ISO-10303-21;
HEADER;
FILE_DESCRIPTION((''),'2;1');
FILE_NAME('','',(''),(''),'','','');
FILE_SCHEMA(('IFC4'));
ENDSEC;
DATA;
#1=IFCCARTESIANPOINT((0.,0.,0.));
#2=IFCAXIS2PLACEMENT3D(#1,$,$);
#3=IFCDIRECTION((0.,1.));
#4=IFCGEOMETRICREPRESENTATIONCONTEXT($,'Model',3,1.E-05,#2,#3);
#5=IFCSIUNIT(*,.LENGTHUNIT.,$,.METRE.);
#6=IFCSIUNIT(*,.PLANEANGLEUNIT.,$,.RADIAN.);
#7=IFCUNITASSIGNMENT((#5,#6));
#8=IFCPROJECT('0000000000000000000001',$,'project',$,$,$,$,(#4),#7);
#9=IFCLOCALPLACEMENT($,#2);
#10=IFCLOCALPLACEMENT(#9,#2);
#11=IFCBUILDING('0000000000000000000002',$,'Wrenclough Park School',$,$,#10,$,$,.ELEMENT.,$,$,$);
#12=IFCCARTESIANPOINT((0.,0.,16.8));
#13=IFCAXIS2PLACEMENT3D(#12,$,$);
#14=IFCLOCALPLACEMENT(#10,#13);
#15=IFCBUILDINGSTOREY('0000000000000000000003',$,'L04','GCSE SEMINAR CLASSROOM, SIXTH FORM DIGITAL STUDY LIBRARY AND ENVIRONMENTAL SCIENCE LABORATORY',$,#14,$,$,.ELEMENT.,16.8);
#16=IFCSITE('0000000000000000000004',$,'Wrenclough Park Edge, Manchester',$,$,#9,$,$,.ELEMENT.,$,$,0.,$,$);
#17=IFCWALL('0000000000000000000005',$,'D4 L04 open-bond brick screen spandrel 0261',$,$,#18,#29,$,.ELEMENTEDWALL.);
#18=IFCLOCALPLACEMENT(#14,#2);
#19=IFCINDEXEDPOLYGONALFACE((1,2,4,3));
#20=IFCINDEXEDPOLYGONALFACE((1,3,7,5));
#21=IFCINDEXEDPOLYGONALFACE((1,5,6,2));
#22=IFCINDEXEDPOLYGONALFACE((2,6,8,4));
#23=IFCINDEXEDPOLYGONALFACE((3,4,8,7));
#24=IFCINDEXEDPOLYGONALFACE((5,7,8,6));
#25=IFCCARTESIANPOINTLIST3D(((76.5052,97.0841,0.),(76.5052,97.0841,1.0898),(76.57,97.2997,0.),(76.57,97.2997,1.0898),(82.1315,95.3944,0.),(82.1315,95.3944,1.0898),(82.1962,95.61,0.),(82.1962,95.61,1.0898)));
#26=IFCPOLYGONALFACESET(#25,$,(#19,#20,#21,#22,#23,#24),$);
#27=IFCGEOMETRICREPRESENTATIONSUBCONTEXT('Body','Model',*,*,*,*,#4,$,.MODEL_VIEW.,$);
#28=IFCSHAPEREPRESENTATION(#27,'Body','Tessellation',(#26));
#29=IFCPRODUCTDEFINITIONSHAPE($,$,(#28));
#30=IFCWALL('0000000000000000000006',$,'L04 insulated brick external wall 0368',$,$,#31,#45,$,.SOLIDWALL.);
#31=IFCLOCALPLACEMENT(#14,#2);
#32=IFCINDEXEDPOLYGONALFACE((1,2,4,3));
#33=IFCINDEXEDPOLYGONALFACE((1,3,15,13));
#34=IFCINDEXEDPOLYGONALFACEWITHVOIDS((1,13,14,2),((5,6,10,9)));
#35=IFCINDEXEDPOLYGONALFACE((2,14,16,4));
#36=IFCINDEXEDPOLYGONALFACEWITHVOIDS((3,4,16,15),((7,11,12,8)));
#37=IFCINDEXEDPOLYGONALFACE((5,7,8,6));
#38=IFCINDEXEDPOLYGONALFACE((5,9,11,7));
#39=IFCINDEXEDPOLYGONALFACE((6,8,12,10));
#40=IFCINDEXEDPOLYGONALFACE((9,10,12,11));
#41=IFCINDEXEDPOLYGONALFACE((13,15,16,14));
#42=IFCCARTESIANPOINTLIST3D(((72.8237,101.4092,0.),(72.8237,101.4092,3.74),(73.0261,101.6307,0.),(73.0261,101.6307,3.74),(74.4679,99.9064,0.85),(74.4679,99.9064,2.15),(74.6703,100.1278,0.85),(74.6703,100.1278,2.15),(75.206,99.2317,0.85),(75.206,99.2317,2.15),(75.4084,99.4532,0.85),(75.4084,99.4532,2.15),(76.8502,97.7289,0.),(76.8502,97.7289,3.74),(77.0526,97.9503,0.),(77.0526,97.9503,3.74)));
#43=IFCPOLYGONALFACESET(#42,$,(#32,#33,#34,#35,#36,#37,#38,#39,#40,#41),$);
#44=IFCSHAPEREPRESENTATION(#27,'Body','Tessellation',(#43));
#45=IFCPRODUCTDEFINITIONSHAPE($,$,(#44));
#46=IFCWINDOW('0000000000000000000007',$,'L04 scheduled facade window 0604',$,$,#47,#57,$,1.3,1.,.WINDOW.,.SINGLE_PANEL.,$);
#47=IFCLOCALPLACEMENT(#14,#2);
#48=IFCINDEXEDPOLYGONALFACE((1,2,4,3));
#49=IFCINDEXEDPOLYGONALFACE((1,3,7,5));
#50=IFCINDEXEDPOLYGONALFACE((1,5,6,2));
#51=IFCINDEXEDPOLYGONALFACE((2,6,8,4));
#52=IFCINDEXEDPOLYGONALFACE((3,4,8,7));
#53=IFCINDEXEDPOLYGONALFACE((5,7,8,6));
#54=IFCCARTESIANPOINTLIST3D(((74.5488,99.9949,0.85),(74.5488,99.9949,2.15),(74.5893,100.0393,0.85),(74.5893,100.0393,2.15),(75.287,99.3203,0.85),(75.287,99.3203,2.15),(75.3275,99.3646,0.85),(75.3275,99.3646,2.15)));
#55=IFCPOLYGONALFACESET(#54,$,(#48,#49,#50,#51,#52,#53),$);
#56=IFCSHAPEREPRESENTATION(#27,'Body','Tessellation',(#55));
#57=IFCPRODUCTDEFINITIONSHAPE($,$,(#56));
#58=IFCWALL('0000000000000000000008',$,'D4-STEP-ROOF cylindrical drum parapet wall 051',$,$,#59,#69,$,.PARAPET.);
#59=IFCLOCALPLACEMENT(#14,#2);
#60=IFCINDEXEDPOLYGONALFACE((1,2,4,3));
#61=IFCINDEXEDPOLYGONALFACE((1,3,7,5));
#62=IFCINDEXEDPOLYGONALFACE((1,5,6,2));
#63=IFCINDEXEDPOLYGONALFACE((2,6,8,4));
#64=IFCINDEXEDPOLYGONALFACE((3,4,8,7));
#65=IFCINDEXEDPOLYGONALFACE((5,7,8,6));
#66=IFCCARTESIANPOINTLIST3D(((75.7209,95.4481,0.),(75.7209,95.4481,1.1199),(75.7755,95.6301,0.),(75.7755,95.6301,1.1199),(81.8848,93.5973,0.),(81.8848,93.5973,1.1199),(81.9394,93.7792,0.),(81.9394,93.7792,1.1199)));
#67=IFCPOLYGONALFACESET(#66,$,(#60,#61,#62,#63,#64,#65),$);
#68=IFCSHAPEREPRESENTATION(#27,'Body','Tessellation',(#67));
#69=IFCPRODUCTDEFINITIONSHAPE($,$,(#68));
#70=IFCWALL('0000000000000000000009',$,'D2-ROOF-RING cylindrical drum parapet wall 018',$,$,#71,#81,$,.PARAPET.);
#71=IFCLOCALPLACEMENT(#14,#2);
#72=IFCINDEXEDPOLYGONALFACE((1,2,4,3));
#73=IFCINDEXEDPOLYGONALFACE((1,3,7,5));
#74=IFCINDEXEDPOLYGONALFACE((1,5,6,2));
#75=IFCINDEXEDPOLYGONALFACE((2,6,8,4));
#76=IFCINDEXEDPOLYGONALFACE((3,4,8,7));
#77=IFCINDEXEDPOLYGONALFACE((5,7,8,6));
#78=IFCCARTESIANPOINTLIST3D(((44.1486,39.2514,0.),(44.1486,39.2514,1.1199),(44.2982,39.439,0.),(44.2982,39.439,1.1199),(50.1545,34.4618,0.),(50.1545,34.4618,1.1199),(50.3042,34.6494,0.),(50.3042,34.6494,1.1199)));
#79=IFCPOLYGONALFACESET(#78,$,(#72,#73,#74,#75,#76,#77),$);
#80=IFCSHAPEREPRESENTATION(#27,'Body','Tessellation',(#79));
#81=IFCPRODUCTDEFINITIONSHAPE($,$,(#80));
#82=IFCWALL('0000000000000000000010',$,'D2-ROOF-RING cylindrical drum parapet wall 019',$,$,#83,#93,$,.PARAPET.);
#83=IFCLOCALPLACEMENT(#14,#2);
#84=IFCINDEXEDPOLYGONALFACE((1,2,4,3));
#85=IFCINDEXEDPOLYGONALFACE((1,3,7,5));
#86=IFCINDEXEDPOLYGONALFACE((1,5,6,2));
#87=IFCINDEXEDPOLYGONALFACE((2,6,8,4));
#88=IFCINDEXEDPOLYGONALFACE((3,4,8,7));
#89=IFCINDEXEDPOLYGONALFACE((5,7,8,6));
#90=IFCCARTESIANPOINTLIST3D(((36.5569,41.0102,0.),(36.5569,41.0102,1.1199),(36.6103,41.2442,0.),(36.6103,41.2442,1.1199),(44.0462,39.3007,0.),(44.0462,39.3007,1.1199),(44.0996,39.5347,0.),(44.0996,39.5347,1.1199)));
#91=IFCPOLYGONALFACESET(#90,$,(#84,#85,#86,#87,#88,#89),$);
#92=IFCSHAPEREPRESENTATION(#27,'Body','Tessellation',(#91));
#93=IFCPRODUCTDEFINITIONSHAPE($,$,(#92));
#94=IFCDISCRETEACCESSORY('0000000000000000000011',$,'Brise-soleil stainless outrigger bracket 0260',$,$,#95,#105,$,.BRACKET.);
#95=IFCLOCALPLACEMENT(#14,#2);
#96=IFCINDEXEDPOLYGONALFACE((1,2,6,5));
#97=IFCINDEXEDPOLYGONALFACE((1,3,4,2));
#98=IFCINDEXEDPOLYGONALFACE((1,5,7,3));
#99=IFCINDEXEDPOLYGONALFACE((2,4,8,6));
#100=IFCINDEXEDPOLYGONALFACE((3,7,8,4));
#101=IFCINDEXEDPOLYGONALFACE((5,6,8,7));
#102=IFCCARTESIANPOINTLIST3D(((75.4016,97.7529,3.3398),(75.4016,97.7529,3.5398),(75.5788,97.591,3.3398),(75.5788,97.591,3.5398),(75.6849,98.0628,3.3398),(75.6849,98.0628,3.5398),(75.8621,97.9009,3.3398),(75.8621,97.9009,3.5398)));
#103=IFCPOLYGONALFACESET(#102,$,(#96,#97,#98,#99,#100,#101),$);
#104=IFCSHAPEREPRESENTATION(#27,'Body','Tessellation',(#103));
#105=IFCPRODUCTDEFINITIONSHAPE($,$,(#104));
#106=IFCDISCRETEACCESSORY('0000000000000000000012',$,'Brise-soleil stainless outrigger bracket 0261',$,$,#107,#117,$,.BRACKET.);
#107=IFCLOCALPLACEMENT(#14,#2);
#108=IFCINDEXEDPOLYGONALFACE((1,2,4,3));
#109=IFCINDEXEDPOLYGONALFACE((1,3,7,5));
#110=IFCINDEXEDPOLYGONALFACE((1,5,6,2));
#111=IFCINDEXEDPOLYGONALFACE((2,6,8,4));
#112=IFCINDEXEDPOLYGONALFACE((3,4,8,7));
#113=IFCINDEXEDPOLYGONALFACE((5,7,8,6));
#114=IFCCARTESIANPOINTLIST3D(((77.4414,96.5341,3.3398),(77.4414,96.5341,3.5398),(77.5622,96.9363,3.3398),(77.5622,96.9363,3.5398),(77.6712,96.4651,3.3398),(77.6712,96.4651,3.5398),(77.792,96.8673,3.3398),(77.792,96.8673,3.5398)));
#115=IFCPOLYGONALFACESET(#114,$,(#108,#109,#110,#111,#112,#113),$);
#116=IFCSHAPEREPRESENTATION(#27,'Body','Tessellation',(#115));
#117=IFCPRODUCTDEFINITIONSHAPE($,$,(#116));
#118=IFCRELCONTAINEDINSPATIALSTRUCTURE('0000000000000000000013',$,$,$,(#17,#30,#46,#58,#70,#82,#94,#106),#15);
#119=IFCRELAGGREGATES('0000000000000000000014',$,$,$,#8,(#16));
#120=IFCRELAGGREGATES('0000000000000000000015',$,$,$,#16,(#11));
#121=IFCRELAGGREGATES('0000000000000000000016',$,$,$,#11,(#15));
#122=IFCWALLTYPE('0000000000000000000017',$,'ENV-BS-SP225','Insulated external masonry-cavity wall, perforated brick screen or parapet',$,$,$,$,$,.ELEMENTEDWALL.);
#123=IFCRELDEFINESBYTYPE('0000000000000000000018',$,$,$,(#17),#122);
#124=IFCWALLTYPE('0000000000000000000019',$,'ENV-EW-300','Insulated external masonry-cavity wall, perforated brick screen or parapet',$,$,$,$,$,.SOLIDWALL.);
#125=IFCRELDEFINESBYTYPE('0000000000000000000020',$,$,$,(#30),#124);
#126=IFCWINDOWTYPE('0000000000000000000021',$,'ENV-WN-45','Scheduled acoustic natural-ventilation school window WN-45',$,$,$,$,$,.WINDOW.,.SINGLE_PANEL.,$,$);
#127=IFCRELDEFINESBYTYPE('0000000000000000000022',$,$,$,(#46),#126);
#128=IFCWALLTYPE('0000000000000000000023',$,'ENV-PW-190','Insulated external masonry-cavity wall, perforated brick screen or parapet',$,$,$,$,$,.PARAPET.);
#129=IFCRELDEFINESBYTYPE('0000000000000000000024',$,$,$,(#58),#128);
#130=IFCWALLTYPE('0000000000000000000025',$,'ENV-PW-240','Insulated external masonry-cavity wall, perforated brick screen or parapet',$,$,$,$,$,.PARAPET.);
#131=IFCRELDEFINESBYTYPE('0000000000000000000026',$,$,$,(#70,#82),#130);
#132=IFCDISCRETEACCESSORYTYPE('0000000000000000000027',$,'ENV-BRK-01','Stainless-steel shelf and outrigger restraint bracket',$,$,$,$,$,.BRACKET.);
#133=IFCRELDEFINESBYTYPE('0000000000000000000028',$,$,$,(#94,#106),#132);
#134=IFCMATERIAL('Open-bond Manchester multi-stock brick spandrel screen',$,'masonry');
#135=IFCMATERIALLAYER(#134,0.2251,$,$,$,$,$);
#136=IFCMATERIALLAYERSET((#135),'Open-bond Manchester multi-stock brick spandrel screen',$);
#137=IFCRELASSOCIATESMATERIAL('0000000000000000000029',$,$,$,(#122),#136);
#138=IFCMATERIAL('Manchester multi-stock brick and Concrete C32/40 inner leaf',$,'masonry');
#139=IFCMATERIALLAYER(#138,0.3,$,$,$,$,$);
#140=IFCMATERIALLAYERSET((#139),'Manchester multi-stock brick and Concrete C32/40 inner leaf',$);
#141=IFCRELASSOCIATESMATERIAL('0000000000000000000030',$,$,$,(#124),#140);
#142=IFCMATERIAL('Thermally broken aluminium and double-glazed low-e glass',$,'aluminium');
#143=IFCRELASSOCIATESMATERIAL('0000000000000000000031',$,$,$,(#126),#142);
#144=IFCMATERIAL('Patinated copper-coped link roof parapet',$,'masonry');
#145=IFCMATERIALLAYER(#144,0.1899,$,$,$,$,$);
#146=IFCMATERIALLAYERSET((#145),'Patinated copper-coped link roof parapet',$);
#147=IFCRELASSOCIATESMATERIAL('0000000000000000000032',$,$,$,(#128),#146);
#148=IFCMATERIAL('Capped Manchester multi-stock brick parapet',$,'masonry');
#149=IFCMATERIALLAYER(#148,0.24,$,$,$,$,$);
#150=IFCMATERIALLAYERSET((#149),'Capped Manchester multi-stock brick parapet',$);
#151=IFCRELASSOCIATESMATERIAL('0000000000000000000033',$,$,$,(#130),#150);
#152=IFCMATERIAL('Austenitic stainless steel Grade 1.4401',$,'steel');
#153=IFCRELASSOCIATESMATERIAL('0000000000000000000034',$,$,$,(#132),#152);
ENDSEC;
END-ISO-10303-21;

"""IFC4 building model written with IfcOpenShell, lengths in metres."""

from ifc_helpers import new_model, si_unit, direction, frame, frame_2d, origin, origin_2d, place, context, subcontext, project, spatial, rectangle, extrude, material, layer, layer_set, type_object, element, fill, save


model = new_model("IFC4")

# Units and contexts
model_context = context("Model", 3, precision=1e-05, world=origin(), true_north=direction((0.0, 1.0)))
body_context = subcontext(model_context, "Body", "Model", "MODEL_VIEW")
ifc_project = project(units=[si_unit("LENGTHUNIT", "METRE"), si_unit("PLANEANGLEUNIT", "RADIAN")], contexts=[model_context])

# Site, building, storey
site_placement = place(None, origin())
site = spatial("IfcSite", under=ifc_project, at=site_placement, Name="Wrenclough Park Edge, Manchester", CompositionType="ELEMENT", RefElevation=0.0)
building_placement = place(site_placement, origin())
building = spatial("IfcBuilding", under=site, at=building_placement, Name="Wrenclough Park School", CompositionType="ELEMENT")
storey_placement = place(building_placement, frame((0.0, 0.0, 16.8)))
storey = spatial("IfcBuildingStorey", under=building, at=storey_placement, Name="L04", Description="GCSE SEMINAR CLASSROOM, SIXTH FORM DIGITAL STUDY LIBRARY AND ENVIRONMENTAL SCIENCE LABORATORY", CompositionType="ELEMENT", Elevation=16.8)

# Wall
ifc_material_1 = material(Name="Open-bond Manchester multi-stock brick spandrel screen", Category="masonry")
ifc_layer_1 = layer(ifc_material_1, 0.2251)
ifc_layer_set_1 = layer_set([ifc_layer_1], Name="Open-bond Manchester multi-stock brick spandrel screen")
wall_type_1 = type_object("IfcWallType", Name="ENV-BS-SP225", Description="Insulated external masonry-cavity wall, perforated brick screen or parapet", PredefinedType="ELEMENTEDWALL", material=ifc_layer_set_1)
wall_1_placement = place(storey_placement, frame((76.5376, 97.1919, 0.0), z_axis=(0.0, 0.0, 1.0), x_axis=(0.95774, -0.287634, 0.0)))
element("IfcWall", 1, at=wall_1_placement, inside=storey, type_object=wall_type_1, Name="D4 L04 open-bond brick screen spandrel 0261", PredefinedType="ELEMENTEDWALL", context=body_context, shape_type="SweptSolid", body=[
    extrude(rectangle(XDim=5.8745, YDim=0.2251, at=frame_2d((2.9373, 0.0))), origin(), (0.0, 0.0, 1.0), 1.0898),
])

# Wall, opening, window
ifc_material_2 = material(Name="Manchester multi-stock brick and Concrete C32/40 inner leaf", Category="masonry")
ifc_layer_2 = layer(ifc_material_2, 0.3)
ifc_layer_set_2 = layer_set([ifc_layer_2], Name="Manchester multi-stock brick and Concrete C32/40 inner leaf")
wall_type_2 = type_object("IfcWallType", Name="ENV-EW-300", Description="Insulated external masonry-cavity wall, perforated brick screen or parapet", PredefinedType="SOLIDWALL", material=ifc_layer_set_2)
wall_2_placement = place(storey_placement, frame((76.9514, 97.8396, 0.0), z_axis=(0.0, 0.0, 1.0), x_axis=(-0.738125, 0.674664, 0.0)))
wall_2 = element("IfcWall", 2, at=wall_2_placement, inside=storey, type_object=wall_type_2, Name="L04 insulated brick external wall 0368", PredefinedType="SOLIDWALL", context=body_context, shape_type="SweptSolid", body=[
    extrude(rectangle(XDim=5.4551, YDim=0.3, at=frame_2d((2.7275, 0.0))), origin(), (0.0, 0.0, 1.0), 3.74),
])
opening_placement = place(wall_2_placement, frame((2.2275, 0.0, 0.8501)))
opening = element("IfcOpeningElement", 3, at=opening_placement, cuts=wall_2, PredefinedType="OPENING", context=body_context, shape_type="SweptSolid", body=[
    extrude(rectangle(XDim=1.0, YDim=1.3, at=frame_2d((0.5, 0.6499))), frame((0.0, 0.1599, 0.0), z_axis=(0.0, -1.0, 0.0), x_axis=(1.0, 0.0, 0.0)), (0.0, 0.0, 1.0), 0.3201),
])
ifc_material_3 = material(Name="Thermally broken aluminium and double-glazed low-e glass", Category="aluminium")
window_type = type_object("IfcWindowType", Name="ENV-WN-45", Description="Scheduled acoustic natural-ventilation school window WN-45", PartitioningType="SINGLE_PANEL", PredefinedType="WINDOW", material=ifc_material_3)
window_placement = place(opening_placement, origin())
window = element("IfcWindow", 4, at=window_placement, inside=storey, type_object=window_type, Name="L04 scheduled facade window 0604", OverallHeight=1.3, OverallWidth=1.0, PartitioningType="SINGLE_PANEL", PredefinedType="WINDOW", context=body_context, shape_type="SweptSolid", body=[
    extrude(rectangle(XDim=1.0, YDim=1.3, at=frame_2d((0.5, 0.6499))), frame((0.0, 0.03, 0.0), z_axis=(0.0, -1.0, 0.0), x_axis=(1.0, 0.0, 0.0)), (0.0, 0.0, 1.0), 0.0601),
])
fill(opening, window)

# Walls
ifc_material_4 = material(Name="Patinated copper-coped link roof parapet", Category="masonry")
ifc_layer_3 = layer(ifc_material_4, 0.1899)
ifc_layer_set_3 = layer_set([ifc_layer_3], Name="Patinated copper-coped link roof parapet")
wall_type_3 = type_object("IfcWallType", Name="ENV-PW-190", Description="Insulated external masonry-cavity wall, perforated brick screen or parapet", PredefinedType="PARAPET", material=ifc_layer_set_3)
wall_3_placement = place(storey_placement, frame((75.7483, 95.5391, 0.0), z_axis=(0.0, 0.0, 1.0), x_axis=(0.957754, -0.287588, 0.0)))
element("IfcWall", 5, at=wall_3_placement, inside=storey, type_object=wall_type_3, Name="D4-STEP-ROOF cylindrical drum parapet wall 051", PredefinedType="PARAPET", context=body_context, shape_type="SweptSolid", body=[
    extrude(rectangle(XDim=6.4358, YDim=0.1899, at=frame_2d((3.2178, 0.0))), origin(), (0.0, 0.0, 1.0), 1.1199),
])
ifc_material_5 = material(Name="Capped Manchester multi-stock brick parapet", Category="masonry")
ifc_layer_4 = layer(ifc_material_5, 0.24)
ifc_layer_set_4 = layer_set([ifc_layer_4], Name="Capped Manchester multi-stock brick parapet")
wall_type_4 = type_object("IfcWallType", Name="ENV-PW-240", Description="Insulated external masonry-cavity wall, perforated brick screen or parapet", PredefinedType="PARAPET", material=ifc_layer_set_4)
for number, where, z_axis, x_axis, name in (
    (6, (50.2292, 34.5557, 0.0), (0.0, 0.0, 1.0), (-0.781829, 0.623493, 0.0), "D2-ROOF-RING cylindrical drum parapet wall 018"),
    (7, (44.0728, 39.4177, 0.0), (0.0, 0.0, 1.0), (-0.974925, 0.222533, 0.0), "D2-ROOF-RING cylindrical drum parapet wall 019"),
):
    element("IfcWall", number, at=place(storey_placement, frame(where, z_axis=z_axis, x_axis=x_axis)), inside=storey, type_object=wall_type_4, Name=name, PredefinedType="PARAPET", context=body_context, shape_type="SweptSolid", body=[
        extrude(rectangle(XDim=7.6819, YDim=0.24, at=frame_2d((3.8408, 0.0))), origin(), (0.0, 0.0, 1.0), 1.1199),
    ])

# Discrete accessories
ifc_material_6 = material(Name="Austenitic stainless steel Grade 1.4401", Category="steel")
discrete_accessory_type = type_object("IfcDiscreteAccessoryType", Name="ENV-BRK-01", Description="Stainless-steel shelf and outrigger restraint bracket", PredefinedType="BRACKET", material=ifc_material_6)
for number, where, z_axis, x_axis, name in (
    (8, (75.6318, 97.8269, 3.3398), (0.0, 0.0, 1.0), (0.738116, -0.674673, 0.0), "Brise-soleil stainless outrigger bracket 0260"),
    (9, (77.6167, 96.7007, 3.3398), (0.0, 0.0, 1.0), (0.957751, -0.287599, 0.0), "Brise-soleil stainless outrigger bracket 0261"),
):
    element("IfcDiscreteAccessory", number, at=place(storey_placement, frame(where, z_axis=z_axis, x_axis=x_axis)), inside=storey, type_object=discrete_accessory_type, Name=name, PredefinedType="BRACKET", context=body_context, shape_type="SweptSolid", body=[
        extrude(rectangle(XDim=0.24, YDim=0.4199, at=origin_2d()), origin(), (0.0, 0.0, 1.0), 0.2),
    ])

save(model, "model.ifc")
